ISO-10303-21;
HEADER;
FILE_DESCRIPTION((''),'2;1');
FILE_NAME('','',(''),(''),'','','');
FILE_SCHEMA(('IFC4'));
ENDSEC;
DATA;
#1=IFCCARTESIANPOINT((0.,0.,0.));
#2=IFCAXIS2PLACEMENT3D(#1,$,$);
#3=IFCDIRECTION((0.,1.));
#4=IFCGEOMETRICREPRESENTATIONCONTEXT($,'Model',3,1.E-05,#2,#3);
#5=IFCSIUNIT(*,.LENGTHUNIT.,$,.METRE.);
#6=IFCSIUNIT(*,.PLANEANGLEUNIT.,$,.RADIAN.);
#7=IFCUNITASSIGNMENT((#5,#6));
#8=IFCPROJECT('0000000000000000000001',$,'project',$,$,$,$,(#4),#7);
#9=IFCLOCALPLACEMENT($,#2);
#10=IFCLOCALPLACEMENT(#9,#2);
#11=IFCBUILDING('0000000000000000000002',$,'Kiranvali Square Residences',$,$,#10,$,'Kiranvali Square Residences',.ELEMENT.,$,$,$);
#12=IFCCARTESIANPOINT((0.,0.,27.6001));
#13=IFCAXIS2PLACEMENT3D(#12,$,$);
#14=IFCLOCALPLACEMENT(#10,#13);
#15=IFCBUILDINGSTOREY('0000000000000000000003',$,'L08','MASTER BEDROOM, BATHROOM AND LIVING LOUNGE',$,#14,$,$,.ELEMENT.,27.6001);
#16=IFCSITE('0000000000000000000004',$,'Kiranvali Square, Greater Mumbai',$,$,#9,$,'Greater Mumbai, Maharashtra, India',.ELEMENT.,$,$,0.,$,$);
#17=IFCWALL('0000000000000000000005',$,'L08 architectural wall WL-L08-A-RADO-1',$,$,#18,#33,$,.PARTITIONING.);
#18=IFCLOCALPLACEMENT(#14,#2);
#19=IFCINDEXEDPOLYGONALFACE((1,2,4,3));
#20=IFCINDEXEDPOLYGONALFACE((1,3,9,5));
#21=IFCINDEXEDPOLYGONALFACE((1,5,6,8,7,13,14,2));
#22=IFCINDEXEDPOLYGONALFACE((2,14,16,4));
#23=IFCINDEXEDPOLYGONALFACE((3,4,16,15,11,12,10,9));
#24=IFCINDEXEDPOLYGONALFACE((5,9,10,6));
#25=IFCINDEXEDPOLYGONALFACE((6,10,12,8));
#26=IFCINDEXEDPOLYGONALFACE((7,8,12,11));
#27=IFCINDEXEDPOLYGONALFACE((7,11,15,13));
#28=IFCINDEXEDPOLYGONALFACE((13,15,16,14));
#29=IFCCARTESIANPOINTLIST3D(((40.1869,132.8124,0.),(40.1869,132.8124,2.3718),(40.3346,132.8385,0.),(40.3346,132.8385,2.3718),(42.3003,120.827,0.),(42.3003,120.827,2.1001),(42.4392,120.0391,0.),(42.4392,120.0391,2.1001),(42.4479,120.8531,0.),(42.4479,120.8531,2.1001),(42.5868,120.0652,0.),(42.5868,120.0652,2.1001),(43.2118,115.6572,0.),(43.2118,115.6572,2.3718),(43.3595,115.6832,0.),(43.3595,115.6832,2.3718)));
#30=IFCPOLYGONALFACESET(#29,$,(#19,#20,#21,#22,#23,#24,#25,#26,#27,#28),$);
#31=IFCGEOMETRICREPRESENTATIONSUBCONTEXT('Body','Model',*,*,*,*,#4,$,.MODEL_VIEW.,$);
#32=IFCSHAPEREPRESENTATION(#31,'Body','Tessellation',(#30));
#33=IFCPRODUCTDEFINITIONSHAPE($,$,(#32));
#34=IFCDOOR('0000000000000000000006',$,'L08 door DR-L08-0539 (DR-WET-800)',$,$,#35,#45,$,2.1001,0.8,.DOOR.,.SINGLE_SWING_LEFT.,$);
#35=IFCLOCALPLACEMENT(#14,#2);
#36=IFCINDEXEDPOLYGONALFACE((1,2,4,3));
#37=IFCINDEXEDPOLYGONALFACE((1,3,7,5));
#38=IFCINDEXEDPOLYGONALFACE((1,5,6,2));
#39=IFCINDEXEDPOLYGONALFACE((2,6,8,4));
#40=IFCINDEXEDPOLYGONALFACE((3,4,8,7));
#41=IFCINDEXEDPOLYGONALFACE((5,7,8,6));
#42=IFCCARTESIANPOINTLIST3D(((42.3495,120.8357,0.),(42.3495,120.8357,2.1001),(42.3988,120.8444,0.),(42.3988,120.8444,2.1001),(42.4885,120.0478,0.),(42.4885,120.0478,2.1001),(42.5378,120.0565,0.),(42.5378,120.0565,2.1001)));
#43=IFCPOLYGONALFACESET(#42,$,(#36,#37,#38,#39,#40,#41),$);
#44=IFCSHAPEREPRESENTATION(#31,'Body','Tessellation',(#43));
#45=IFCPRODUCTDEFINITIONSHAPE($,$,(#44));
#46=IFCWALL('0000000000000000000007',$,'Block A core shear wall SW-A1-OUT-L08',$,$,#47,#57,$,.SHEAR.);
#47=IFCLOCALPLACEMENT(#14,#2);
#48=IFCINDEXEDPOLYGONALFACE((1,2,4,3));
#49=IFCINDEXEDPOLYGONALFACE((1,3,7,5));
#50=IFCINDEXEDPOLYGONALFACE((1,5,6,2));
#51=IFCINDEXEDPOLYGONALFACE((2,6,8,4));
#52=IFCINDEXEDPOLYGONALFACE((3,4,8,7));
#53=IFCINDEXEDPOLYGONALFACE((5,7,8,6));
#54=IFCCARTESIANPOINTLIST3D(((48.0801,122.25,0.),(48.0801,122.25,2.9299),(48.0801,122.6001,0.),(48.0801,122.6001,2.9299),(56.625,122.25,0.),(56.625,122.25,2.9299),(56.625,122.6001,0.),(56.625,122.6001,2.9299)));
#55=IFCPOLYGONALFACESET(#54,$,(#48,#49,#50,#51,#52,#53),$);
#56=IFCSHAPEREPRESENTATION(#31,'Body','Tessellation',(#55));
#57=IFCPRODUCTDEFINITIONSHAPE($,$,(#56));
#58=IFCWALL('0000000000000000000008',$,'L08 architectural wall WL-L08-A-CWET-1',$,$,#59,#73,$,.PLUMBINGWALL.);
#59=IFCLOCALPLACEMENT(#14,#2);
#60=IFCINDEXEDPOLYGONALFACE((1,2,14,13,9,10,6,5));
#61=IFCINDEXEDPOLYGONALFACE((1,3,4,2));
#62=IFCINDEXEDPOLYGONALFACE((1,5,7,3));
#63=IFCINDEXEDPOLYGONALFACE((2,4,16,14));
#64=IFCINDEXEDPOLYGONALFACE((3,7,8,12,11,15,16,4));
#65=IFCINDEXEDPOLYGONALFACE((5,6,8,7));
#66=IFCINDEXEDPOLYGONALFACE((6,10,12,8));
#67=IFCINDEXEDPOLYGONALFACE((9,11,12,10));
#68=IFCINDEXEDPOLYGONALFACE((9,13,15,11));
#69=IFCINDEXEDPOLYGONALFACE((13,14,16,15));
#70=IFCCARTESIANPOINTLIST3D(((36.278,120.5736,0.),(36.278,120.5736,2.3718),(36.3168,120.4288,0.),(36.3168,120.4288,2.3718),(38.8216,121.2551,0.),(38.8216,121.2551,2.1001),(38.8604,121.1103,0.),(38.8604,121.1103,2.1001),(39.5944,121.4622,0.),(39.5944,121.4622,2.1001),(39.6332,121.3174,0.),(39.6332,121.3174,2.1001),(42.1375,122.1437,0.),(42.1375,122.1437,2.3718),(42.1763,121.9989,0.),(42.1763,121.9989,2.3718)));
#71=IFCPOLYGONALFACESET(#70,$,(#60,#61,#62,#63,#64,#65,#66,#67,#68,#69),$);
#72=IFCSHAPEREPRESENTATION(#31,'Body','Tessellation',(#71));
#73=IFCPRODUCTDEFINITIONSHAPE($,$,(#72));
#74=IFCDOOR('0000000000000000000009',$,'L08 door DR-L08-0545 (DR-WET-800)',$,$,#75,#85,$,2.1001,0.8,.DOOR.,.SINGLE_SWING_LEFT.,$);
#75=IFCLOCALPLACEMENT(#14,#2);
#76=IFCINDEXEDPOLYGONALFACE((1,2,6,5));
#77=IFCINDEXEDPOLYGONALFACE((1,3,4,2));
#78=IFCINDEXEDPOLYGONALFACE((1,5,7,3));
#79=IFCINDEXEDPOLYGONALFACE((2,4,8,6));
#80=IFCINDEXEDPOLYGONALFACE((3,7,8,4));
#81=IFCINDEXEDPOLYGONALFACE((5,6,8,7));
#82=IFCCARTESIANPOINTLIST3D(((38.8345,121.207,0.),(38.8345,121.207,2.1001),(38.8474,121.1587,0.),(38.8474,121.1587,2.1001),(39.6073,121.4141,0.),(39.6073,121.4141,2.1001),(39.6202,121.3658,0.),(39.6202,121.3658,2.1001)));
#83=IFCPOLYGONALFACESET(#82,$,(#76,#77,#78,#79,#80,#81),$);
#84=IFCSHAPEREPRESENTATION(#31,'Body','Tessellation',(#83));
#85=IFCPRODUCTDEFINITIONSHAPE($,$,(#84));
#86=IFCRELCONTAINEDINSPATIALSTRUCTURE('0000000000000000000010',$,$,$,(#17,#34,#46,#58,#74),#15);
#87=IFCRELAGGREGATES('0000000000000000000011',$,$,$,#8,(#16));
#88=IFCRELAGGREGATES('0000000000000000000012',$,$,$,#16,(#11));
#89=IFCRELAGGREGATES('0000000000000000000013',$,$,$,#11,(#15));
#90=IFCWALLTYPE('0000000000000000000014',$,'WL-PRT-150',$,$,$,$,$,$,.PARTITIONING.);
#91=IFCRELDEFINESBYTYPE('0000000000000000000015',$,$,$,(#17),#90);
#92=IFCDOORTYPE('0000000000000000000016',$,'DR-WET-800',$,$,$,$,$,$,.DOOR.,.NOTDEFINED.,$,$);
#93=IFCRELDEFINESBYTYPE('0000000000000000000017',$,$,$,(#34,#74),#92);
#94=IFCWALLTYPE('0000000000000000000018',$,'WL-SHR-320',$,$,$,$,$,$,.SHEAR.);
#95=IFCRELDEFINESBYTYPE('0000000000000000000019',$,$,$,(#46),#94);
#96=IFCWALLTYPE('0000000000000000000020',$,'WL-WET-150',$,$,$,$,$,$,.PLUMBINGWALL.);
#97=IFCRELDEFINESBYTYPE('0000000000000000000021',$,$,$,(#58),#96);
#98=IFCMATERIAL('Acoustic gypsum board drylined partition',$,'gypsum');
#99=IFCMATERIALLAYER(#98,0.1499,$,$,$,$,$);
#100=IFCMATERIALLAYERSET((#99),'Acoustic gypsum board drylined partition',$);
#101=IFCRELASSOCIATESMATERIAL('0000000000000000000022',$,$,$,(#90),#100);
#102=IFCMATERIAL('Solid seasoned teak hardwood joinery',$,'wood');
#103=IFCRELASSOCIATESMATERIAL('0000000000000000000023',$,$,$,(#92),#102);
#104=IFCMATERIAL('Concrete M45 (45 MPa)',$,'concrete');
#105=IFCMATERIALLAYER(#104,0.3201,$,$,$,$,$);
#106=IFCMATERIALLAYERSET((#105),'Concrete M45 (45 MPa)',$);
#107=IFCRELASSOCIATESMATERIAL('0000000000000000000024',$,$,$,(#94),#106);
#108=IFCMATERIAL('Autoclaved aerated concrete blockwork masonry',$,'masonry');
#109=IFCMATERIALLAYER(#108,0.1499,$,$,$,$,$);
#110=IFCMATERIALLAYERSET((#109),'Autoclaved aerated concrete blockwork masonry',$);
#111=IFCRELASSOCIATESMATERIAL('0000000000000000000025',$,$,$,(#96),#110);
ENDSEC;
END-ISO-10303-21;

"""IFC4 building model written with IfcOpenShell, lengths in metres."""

from ifc_helpers import new_model, si_unit, direction, frame, frame_2d, origin, place, context, subcontext, project, spatial, rectangle, extrude, material, layer, layer_set, type_object, element, fill, save


model = new_model("IFC4")

# Units and contexts
model_context = context("Model", 3, precision=1e-05, world=origin(), true_north=direction((0.0, 1.0)))
body_context = subcontext(model_context, "Body", "Model", "MODEL_VIEW")
ifc_project = project(units=[si_unit("LENGTHUNIT", "METRE"), si_unit("PLANEANGLEUNIT", "RADIAN")], contexts=[model_context])

# Site, building, storey
site_placement = place(None, origin())
site = spatial("IfcSite", under=ifc_project, at=site_placement, Name="Kiranvali Square, Greater Mumbai", LongName="Greater Mumbai, Maharashtra, India", CompositionType="ELEMENT", RefElevation=0.0)
building_placement = place(site_placement, origin())
building = spatial("IfcBuilding", under=site, at=building_placement, Name="Kiranvali Square Residences", LongName="Kiranvali Square Residences", CompositionType="ELEMENT")
storey_placement = place(building_placement, frame((0.0, 0.0, 27.6001)))
storey = spatial("IfcBuildingStorey", under=building, at=storey_placement, Name="L08", Description="MASTER BEDROOM, BATHROOM AND LIVING LOUNGE", CompositionType="ELEMENT", Elevation=27.6001)

# Shared definitions
ifc_material_1 = material(Name="Concrete M45 (45 MPa)", Category="concrete")

# Shared definitions
ifc_material_2 = material(Name="Autoclaved aerated concrete blockwork masonry", Category="masonry")

# Wall, opening, door
ifc_material_3 = material(Name="Acoustic gypsum board drylined partition", Category="gypsum")
ifc_layer_1 = layer(ifc_material_3, 0.1499)
ifc_layer_set_1 = layer_set([ifc_layer_1], Name="Acoustic gypsum board drylined partition")
wall_type_1 = type_object("IfcWallType", Name="WL-PRT-150", PredefinedType="PARTITIONING", material=ifc_layer_set_1)
wall_1_placement = place(storey_placement, frame((43.2856, 115.6702, 0.0), z_axis=(0.0, 0.0, 1.0), x_axis=(-0.173646, 0.984808, 0.0)))
wall_1 = element("IfcWall", 1, at=wall_1_placement, inside=storey, type_object=wall_type_1, Name="L08 architectural wall WL-L08-A-RADO-1", PredefinedType="PARTITIONING", context=body_context, shape_type="SweptSolid", body=[
    extrude(rectangle(XDim=17.4199, YDim=0.1499, at=frame_2d((8.71, 0.0))), origin(), (0.0, 0.0, 1.0), 2.3718),
])
opening_1_placement = place(wall_1_placement, frame((4.4497, 0.0, 0.0)))
opening_1 = element("IfcOpeningElement", 2, at=opening_1_placement, cuts=wall_1, PredefinedType="OPENING", context=body_context, shape_type="SweptSolid", body=[
    extrude(rectangle(XDim=0.8, YDim=2.1001, at=frame_2d((0.3999, 1.05))), frame((0.0, 0.085, 0.0), z_axis=(0.0, -1.0, 0.0), x_axis=(1.0, 0.0, 0.0)), (0.0, 0.0, 1.0), 0.1699),
])
ifc_material_4 = material(Name="Solid seasoned teak hardwood joinery", Category="wood")
door_type_1 = type_object("IfcDoorType", Name="DR-WET-800", OperationType="NOTDEFINED", PredefinedType="DOOR", material=ifc_material_4)
door_1_placement = place(opening_1_placement, origin())
door_1 = element("IfcDoor", 3, at=door_1_placement, inside=storey, type_object=door_type_1, Name="L08 door DR-L08-0539 (DR-WET-800)", OperationType="SINGLE_SWING_LEFT", OverallHeight=2.1001, OverallWidth=0.8, PredefinedType="DOOR", context=body_context, shape_type="SweptSolid", body=[
    extrude(rectangle(XDim=0.8, YDim=2.1001, at=frame_2d((0.3999, 1.05))), frame((0.0, 0.0249, 0.0), z_axis=(0.0, -1.0, 0.0), x_axis=(1.0, 0.0, 0.0)), (0.0, 0.0, 1.0), 0.05),
])
fill(opening_1, door_1)

# Wall
ifc_layer_2 = layer(ifc_material_1, 0.3201)
ifc_layer_set_2 = layer_set([ifc_layer_2], Name="Concrete M45 (45 MPa)")
wall_type_2 = type_object("IfcWallType", Name="WL-SHR-320", PredefinedType="SHEAR", material=ifc_layer_set_2)
wall_2_placement = place(storey_placement, frame((48.0801, 122.425, 0.0), z_axis=(0.0, 0.0, 1.0), x_axis=(1.0, 0.0, 0.0)))
element("IfcWall", 4, at=wall_2_placement, inside=storey, type_object=wall_type_2, Name="Block A core shear wall SW-A1-OUT-L08", PredefinedType="SHEAR", context=body_context, shape_type="SweptSolid", body=[
    extrude(rectangle(XDim=8.5449, YDim=0.3501, at=frame_2d((4.2725, 0.0))), origin(), (0.0, 0.0, 1.0), 2.9299),
])

# Wall, opening, door
ifc_layer_3 = layer(ifc_material_2, 0.1499)
ifc_layer_set_3 = layer_set([ifc_layer_3], Name="Autoclaved aerated concrete blockwork masonry")
wall_type_3 = type_object("IfcWallType", Name="WL-WET-150", PredefinedType="PLUMBINGWALL", material=ifc_layer_set_3)
wall_3_placement = place(storey_placement, frame((42.157, 122.0713, 0.0), z_axis=(0.0, 0.0, 1.0), x_axis=(-0.965924, -0.258827, 0.0)))
wall_3 = element("IfcWall", 5, at=wall_3_placement, inside=storey, type_object=wall_type_3, Name="L08 architectural wall WL-L08-A-CWET-1", PredefinedType="PLUMBINGWALL", context=body_context, shape_type="SweptSolid", body=[
    extrude(rectangle(XDim=6.0662, YDim=0.1499, at=frame_2d((3.0332, 0.0))), origin(), (0.0, 0.0, 1.0), 2.3718),
])
opening_2_placement = place(wall_3_placement, frame((2.6331, 0.0, 0.0)))
opening_2 = element("IfcOpeningElement", 6, at=opening_2_placement, cuts=wall_3, PredefinedType="OPENING", context=body_context, shape_type="SweptSolid", body=[
    extrude(rectangle(XDim=0.8, YDim=2.1001, at=frame_2d((0.3999, 1.05))), frame((0.0, 0.085, 0.0), z_axis=(0.0, -1.0, 0.0), x_axis=(1.0, 0.0, 0.0)), (0.0, 0.0, 1.0), 0.1699),
])
door_2_placement = place(opening_2_placement, origin())
door_2 = element("IfcDoor", 7, at=door_2_placement, inside=storey, type_object=door_type_1, Name="L08 door DR-L08-0545 (DR-WET-800)", OperationType="SINGLE_SWING_LEFT", OverallHeight=2.1001, OverallWidth=0.8, PredefinedType="DOOR", context=body_context, shape_type="SweptSolid", body=[
    extrude(rectangle(XDim=0.8, YDim=2.1001, at=frame_2d((0.3999, 1.05))), frame((0.0, 0.0249, 0.0), z_axis=(0.0, -1.0, 0.0), x_axis=(1.0, 0.0, 0.0)), (0.0, 0.0, 1.0), 0.05),
])
fill(opening_2, door_2)

save(model, "model.ifc")
